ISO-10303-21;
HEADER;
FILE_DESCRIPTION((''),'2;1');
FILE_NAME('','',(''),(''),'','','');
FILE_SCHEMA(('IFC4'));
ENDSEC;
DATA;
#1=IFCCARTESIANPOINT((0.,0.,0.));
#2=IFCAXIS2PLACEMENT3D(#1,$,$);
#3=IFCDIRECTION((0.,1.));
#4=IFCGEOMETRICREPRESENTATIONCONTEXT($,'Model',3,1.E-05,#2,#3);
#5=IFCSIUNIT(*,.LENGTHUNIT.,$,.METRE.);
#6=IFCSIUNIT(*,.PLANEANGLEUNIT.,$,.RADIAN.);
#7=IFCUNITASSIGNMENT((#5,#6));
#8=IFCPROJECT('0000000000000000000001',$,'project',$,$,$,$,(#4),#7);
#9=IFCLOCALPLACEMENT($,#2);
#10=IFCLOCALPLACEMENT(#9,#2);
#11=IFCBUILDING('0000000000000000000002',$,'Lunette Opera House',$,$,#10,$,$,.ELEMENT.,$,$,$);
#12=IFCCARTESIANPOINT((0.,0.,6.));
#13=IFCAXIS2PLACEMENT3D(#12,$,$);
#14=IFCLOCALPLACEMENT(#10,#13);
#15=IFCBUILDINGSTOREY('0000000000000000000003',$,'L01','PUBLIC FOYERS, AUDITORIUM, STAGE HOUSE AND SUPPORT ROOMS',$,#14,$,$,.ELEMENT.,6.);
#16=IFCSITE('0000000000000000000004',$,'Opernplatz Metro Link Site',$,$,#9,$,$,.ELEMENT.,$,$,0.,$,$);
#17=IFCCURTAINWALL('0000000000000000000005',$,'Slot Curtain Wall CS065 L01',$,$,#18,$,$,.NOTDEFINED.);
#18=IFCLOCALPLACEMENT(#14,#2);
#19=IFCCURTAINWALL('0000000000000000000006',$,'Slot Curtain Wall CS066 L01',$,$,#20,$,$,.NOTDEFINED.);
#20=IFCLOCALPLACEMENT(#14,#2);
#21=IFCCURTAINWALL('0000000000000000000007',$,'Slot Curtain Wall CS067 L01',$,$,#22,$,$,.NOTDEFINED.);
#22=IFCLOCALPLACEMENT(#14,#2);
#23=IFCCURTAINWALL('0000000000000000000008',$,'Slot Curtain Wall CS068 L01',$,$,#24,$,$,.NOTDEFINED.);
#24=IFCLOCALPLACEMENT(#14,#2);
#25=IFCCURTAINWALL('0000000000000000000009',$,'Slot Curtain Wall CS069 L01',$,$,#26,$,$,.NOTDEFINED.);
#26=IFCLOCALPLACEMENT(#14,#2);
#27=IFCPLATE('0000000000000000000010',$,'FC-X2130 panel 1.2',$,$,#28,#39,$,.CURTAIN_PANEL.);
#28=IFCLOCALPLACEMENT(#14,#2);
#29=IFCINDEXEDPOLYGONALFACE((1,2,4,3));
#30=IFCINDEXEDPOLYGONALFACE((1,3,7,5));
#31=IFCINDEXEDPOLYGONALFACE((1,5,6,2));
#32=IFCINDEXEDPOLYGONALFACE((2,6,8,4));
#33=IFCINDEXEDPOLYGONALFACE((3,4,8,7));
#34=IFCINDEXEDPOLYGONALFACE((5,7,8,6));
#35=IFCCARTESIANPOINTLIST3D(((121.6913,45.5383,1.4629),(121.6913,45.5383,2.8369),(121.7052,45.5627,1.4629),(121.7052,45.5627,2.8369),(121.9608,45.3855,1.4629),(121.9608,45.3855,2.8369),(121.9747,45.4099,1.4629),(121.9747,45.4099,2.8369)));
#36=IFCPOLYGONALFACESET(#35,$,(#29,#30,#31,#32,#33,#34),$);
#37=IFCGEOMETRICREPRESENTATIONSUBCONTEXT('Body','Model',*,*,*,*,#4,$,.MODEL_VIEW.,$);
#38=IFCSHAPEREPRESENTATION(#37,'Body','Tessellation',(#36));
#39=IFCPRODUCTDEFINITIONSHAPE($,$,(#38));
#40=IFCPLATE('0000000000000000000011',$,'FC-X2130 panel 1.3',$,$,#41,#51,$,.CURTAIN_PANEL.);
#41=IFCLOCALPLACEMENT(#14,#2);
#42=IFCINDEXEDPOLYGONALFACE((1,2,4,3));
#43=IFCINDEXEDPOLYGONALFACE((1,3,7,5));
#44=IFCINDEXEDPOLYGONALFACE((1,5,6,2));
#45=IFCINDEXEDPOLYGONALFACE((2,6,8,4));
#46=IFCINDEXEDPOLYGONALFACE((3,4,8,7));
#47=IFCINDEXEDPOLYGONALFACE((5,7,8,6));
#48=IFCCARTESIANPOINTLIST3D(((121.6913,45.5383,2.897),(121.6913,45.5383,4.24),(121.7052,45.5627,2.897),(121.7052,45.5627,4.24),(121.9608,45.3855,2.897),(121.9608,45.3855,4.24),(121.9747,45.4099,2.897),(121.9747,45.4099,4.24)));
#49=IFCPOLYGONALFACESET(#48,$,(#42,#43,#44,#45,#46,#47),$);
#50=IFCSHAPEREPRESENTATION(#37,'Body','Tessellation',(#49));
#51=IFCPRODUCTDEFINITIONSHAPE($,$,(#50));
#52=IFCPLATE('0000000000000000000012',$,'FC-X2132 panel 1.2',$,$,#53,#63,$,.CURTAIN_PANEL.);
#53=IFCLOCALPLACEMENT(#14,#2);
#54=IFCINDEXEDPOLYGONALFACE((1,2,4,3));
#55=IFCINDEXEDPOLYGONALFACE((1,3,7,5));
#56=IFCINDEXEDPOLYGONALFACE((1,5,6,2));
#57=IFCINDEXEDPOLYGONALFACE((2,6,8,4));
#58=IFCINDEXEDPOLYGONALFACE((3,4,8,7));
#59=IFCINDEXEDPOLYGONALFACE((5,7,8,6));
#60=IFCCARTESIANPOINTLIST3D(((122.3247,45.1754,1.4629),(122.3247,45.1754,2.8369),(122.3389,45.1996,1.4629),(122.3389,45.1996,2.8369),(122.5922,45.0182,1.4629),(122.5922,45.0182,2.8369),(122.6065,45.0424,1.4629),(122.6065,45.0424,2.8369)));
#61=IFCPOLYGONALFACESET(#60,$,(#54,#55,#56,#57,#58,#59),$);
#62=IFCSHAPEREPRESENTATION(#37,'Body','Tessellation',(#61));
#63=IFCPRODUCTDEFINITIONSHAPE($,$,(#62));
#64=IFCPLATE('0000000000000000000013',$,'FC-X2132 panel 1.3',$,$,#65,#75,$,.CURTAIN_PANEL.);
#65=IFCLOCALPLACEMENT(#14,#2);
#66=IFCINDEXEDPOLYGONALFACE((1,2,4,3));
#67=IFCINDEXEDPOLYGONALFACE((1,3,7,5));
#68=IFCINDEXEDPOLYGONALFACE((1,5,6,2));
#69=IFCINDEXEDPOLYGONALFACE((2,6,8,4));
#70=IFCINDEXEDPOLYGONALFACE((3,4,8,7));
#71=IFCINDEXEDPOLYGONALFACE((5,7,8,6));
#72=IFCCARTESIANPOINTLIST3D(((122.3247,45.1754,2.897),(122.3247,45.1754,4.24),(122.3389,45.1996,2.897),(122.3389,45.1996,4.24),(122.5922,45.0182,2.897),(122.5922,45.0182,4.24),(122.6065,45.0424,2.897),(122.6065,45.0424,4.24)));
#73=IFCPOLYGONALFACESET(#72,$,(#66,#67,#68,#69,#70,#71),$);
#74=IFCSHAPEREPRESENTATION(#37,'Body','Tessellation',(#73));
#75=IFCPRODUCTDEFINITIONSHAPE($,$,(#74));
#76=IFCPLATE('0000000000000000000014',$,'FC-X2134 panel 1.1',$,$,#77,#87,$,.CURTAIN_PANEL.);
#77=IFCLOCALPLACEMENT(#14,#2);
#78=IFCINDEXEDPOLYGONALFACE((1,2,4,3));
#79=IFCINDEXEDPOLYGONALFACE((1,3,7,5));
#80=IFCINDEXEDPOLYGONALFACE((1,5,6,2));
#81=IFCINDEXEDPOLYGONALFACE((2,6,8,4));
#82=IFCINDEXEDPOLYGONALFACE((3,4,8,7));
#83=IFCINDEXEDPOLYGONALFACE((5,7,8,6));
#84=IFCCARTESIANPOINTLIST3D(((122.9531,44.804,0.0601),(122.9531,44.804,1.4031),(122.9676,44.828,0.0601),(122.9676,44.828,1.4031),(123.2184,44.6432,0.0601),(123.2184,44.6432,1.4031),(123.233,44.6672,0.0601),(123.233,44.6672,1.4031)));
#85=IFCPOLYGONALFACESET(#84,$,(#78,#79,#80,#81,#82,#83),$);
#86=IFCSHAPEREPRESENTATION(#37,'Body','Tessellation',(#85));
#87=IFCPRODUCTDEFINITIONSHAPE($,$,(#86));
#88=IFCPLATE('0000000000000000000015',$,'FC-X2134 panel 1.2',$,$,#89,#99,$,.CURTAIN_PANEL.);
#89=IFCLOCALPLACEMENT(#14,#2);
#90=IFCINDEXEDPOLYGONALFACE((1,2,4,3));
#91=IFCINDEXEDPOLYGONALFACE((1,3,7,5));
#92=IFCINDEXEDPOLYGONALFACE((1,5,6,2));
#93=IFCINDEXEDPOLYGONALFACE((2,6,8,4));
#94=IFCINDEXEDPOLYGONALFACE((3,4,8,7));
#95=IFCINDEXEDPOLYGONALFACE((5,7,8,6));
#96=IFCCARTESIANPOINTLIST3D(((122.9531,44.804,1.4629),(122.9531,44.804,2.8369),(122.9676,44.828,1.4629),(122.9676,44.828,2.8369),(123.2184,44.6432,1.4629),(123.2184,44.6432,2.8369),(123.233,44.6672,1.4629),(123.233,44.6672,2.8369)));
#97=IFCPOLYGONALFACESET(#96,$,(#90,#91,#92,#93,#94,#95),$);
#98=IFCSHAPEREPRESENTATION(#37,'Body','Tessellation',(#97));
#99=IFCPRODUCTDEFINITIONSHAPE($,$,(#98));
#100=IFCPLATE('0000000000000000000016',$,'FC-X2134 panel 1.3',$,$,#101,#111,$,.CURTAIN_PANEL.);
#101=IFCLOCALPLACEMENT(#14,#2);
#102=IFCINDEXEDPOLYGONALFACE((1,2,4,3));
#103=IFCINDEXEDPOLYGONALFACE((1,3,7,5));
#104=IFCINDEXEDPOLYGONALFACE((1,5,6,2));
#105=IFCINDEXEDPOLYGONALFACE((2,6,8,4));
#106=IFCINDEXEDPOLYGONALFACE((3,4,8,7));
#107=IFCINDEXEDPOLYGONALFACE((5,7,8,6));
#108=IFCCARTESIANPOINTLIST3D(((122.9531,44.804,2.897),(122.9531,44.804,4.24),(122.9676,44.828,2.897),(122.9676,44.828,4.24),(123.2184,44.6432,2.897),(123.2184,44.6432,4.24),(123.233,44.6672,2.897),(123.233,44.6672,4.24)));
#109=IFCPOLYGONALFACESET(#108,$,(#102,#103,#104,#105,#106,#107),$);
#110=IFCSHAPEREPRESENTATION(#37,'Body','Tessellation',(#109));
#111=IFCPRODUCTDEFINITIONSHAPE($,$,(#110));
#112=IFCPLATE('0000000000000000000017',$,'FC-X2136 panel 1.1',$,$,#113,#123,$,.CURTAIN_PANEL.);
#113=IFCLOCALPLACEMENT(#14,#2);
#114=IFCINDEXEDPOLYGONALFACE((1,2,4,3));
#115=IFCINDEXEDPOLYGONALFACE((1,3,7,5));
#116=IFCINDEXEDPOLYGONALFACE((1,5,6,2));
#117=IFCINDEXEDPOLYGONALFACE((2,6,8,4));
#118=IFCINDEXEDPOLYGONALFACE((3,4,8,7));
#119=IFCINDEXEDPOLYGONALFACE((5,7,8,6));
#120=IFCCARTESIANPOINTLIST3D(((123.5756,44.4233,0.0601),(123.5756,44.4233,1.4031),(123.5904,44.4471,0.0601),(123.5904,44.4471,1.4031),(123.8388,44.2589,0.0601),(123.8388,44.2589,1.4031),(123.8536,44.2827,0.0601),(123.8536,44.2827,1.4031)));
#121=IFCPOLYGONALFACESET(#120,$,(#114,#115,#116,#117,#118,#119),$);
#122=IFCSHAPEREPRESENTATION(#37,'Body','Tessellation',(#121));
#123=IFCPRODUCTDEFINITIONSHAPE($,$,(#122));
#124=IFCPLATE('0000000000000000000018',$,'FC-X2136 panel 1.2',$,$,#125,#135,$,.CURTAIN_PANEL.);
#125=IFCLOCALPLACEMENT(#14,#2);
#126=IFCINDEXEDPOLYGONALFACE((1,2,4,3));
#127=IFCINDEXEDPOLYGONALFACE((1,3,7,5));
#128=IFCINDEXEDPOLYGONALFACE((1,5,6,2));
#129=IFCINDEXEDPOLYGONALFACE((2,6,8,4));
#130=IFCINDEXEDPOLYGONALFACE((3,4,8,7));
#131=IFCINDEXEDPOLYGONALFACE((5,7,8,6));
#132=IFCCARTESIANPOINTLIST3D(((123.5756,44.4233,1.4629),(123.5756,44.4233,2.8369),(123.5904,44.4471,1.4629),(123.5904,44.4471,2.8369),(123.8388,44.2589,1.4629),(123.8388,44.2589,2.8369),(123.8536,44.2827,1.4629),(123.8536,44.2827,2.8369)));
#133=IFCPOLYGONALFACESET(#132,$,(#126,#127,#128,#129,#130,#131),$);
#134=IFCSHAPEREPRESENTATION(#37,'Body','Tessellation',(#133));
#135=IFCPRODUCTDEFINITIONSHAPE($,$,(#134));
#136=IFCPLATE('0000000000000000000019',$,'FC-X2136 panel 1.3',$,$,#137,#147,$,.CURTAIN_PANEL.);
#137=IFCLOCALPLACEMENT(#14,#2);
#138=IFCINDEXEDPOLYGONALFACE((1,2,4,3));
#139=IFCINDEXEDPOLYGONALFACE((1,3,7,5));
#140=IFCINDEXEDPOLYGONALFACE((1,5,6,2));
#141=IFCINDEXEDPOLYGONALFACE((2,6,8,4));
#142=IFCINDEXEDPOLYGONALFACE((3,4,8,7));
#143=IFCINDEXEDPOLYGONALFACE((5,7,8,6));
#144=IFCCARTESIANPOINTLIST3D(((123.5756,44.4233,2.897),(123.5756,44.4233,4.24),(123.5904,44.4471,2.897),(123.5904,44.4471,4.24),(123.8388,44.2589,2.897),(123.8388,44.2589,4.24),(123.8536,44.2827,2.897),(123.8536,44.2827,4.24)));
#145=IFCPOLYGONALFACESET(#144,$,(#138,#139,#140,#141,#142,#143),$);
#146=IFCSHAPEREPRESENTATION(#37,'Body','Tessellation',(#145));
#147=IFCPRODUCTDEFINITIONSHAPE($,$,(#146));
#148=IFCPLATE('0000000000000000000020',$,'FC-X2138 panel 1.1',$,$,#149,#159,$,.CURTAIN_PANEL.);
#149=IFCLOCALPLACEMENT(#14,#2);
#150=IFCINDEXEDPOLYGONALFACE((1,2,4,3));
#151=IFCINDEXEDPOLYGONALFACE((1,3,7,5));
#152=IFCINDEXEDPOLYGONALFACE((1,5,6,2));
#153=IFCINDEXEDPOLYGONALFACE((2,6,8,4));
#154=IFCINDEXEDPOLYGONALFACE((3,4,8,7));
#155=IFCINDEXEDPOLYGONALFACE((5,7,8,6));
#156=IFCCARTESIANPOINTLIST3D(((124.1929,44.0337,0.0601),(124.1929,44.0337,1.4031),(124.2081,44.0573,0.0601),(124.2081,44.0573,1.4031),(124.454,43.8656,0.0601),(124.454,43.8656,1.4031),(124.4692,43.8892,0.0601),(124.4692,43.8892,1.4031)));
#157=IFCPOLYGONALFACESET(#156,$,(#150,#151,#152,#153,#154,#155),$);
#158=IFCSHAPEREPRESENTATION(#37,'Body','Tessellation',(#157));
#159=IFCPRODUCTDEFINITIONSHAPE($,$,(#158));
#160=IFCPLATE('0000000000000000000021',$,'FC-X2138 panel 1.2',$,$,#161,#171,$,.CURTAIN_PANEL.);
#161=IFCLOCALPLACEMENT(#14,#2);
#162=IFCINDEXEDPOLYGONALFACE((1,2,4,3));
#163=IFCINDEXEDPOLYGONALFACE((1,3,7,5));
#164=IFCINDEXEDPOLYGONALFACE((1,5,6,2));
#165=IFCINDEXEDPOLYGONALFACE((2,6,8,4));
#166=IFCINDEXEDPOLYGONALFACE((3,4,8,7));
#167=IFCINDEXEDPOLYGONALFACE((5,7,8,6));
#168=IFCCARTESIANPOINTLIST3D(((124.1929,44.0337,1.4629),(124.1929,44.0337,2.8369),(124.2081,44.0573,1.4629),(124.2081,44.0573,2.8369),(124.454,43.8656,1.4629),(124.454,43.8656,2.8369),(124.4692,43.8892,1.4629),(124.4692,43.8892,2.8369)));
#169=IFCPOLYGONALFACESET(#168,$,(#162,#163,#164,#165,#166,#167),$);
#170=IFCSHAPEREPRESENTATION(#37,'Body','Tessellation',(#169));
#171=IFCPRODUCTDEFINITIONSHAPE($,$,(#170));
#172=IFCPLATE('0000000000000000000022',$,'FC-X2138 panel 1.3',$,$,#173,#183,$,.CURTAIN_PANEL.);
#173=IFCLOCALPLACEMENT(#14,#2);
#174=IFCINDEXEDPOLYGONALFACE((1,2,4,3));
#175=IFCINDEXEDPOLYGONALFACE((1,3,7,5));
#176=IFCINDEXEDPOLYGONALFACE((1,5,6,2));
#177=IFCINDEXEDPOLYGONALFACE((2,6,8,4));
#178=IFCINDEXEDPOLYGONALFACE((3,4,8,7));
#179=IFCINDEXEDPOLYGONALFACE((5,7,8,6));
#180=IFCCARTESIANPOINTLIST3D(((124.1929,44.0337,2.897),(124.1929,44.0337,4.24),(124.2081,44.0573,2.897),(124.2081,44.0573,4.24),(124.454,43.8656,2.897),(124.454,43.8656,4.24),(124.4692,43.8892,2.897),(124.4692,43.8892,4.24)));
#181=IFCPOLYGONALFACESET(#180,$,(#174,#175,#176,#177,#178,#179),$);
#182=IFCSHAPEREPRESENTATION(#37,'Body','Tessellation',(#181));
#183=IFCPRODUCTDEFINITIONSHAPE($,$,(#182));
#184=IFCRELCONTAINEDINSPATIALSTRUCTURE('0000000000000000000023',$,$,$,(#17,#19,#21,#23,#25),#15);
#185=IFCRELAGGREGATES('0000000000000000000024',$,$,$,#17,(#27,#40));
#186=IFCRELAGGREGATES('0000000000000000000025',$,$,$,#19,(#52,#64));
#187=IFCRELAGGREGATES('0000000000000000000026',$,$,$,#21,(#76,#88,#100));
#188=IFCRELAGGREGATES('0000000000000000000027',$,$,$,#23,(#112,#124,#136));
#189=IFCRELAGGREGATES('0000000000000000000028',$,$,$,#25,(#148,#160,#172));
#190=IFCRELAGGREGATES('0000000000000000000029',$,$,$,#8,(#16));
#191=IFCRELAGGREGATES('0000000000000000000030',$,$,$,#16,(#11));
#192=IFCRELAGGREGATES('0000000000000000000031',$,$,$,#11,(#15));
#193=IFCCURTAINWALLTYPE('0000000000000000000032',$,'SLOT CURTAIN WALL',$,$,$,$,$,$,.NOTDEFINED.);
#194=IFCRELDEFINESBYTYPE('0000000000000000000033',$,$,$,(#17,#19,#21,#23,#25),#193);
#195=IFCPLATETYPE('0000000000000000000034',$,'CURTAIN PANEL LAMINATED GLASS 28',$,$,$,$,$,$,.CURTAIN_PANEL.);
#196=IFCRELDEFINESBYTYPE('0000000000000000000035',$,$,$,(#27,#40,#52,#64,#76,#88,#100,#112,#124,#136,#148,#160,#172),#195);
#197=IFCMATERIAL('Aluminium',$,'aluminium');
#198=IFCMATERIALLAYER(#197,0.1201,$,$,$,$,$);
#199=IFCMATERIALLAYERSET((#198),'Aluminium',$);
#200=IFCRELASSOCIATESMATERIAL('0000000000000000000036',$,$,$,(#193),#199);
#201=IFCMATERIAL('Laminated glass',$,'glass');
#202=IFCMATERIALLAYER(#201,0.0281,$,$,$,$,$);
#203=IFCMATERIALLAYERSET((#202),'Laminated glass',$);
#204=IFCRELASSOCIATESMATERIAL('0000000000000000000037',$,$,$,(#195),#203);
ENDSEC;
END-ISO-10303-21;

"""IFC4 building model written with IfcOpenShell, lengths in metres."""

from ifc_helpers import new_model, si_unit, direction, frame, origin, origin_2d, place, context, subcontext, project, spatial, rectangle, extrude, material, layer, layer_set, type_object, element, aggregate, save


model = new_model("IFC4")

# Units and contexts
model_context = context("Model", 3, precision=1e-05, world=origin(), true_north=direction((0.0, 1.0)))
body_context = subcontext(model_context, "Body", "Model", "MODEL_VIEW")
ifc_project = project(units=[si_unit("LENGTHUNIT", "METRE"), si_unit("PLANEANGLEUNIT", "RADIAN")], contexts=[model_context])

# Site, building, storey
site_placement = place(None, origin())
site = spatial("IfcSite", under=ifc_project, at=site_placement, Name="Opernplatz Metro Link Site", CompositionType="ELEMENT", RefElevation=0.0)
building_placement = place(site_placement, origin())
building = spatial("IfcBuilding", under=site, at=building_placement, Name="Lunette Opera House", CompositionType="ELEMENT")
storey_placement = place(building_placement, frame((0.0, 0.0, 6.0)))
storey = spatial("IfcBuildingStorey", under=building, at=storey_placement, Name="L01", Description="PUBLIC FOYERS, AUDITORIUM, STAGE HOUSE AND SUPPORT ROOMS", CompositionType="ELEMENT", Elevation=6.0)

# Curtain walls
ifc_material_1 = material(Name="Aluminium", Category="aluminium")
ifc_layer_1 = layer(ifc_material_1, 0.1201)
ifc_layer_set_1 = layer_set([ifc_layer_1], Name="Aluminium")
curtain_wall_type = type_object("IfcCurtainWallType", Name="SLOT CURTAIN WALL", PredefinedType="NOTDEFINED", material=ifc_layer_set_1)
curtain_wall_1_placement = place(storey_placement, origin())
curtain_wall_1 = element("IfcCurtainWall", 1, at=curtain_wall_1_placement, inside=storey, type_object=curtain_wall_type, Name="Slot Curtain Wall CS065 L01", PredefinedType="NOTDEFINED")
curtain_wall_2_placement = place(storey_placement, origin())
curtain_wall_2 = element("IfcCurtainWall", 2, at=curtain_wall_2_placement, inside=storey, type_object=curtain_wall_type, Name="Slot Curtain Wall CS066 L01", PredefinedType="NOTDEFINED")
curtain_wall_3_placement = place(storey_placement, origin())
curtain_wall_3 = element("IfcCurtainWall", 3, at=curtain_wall_3_placement, inside=storey, type_object=curtain_wall_type, Name="Slot Curtain Wall CS067 L01", PredefinedType="NOTDEFINED")
curtain_wall_4_placement = place(storey_placement, origin())
curtain_wall_4 = element("IfcCurtainWall", 4, at=curtain_wall_4_placement, inside=storey, type_object=curtain_wall_type, Name="Slot Curtain Wall CS068 L01", PredefinedType="NOTDEFINED")
curtain_wall_5_placement = place(storey_placement, origin())
curtain_wall_5 = element("IfcCurtainWall", 5, at=curtain_wall_5_placement, inside=storey, type_object=curtain_wall_type, Name="Slot Curtain Wall CS069 L01", PredefinedType="NOTDEFINED")

# Plates
ifc_material_2 = material(Name="Laminated glass", Category="glass")
ifc_layer_2 = layer(ifc_material_2, 0.0281)
ifc_layer_set_2 = layer_set([ifc_layer_2], Name="Laminated glass")
plate_type = type_object("IfcPlateType", Name="CURTAIN PANEL LAMINATED GLASS 28", PredefinedType="CURTAIN_PANEL", material=ifc_layer_set_2)
plate_1_placement = place(storey_placement, frame((121.833, 45.4741, 1.4629), z_axis=(0.0, 0.0, 1.0), x_axis=(0.869956, -0.49313, 0.0)))
plate_1 = element("IfcPlate", 6, at=plate_1_placement, type_object=plate_type, Name="FC-X2130 panel 1.2", PredefinedType="CURTAIN_PANEL", context=body_context, shape_type="SweptSolid", body=[
    extrude(rectangle(XDim=0.3098, YDim=0.0281, at=origin_2d()), origin(), (0.0, 0.0, 1.0), 1.374),
])
plate_2_placement = place(storey_placement, frame((121.833, 45.4741, 2.897), z_axis=(0.0, 0.0, 1.0), x_axis=(0.869956, -0.49313, 0.0)))
plate_2 = element("IfcPlate", 7, at=plate_2_placement, type_object=plate_type, Name="FC-X2130 panel 1.3", PredefinedType="CURTAIN_PANEL", context=body_context, shape_type="SweptSolid", body=[
    extrude(rectangle(XDim=0.3098, YDim=0.0281, at=origin_2d()), origin(), (0.0, 0.0, 1.0), 1.343),
])
aggregate(curtain_wall_1, [plate_1, plate_2])
plate_3_placement = place(storey_placement, frame((122.4656, 45.1089, 1.4629), z_axis=(0.0, 0.0, 1.0), x_axis=(0.862173, -0.506614, 0.0)))
plate_3 = element("IfcPlate", 8, at=plate_3_placement, type_object=plate_type, Name="FC-X2132 panel 1.2", PredefinedType="CURTAIN_PANEL", context=body_context, shape_type="SweptSolid", body=[
    extrude(rectangle(XDim=0.3103, YDim=0.0281, at=origin_2d()), origin(), (0.0, 0.0, 1.0), 1.374),
])
plate_4_placement = place(storey_placement, frame((122.4656, 45.1089, 2.897), z_axis=(0.0, 0.0, 1.0), x_axis=(0.862173, -0.506614, 0.0)))
plate_4 = element("IfcPlate", 9, at=plate_4_placement, type_object=plate_type, Name="FC-X2132 panel 1.3", PredefinedType="CURTAIN_PANEL", context=body_context, shape_type="SweptSolid", body=[
    extrude(rectangle(XDim=0.3103, YDim=0.0281, at=origin_2d()), origin(), (0.0, 0.0, 1.0), 1.343),
])
aggregate(curtain_wall_2, [plate_3, plate_4])
plate_5_placement = place(storey_placement, frame((123.093, 44.7356, 0.0601), z_axis=(0.0, 0.0, 1.0), x_axis=(0.855229, -0.51825, 0.0)))
plate_5 = element("IfcPlate", 10, at=plate_5_placement, type_object=plate_type, Name="FC-X2134 panel 1.1", PredefinedType="CURTAIN_PANEL", context=body_context, shape_type="SweptSolid", body=[
    extrude(rectangle(XDim=0.3103, YDim=0.0281, at=origin_2d()), origin(), (0.0, 0.0, 1.0), 1.343),
])
plate_6_placement = place(storey_placement, frame((123.093, 44.7356, 1.4629), z_axis=(0.0, 0.0, 1.0), x_axis=(0.855229, -0.51825, 0.0)))
plate_6 = element("IfcPlate", 11, at=plate_6_placement, type_object=plate_type, Name="FC-X2134 panel 1.2", PredefinedType="CURTAIN_PANEL", context=body_context, shape_type="SweptSolid", body=[
    extrude(rectangle(XDim=0.3103, YDim=0.0281, at=origin_2d()), origin(), (0.0, 0.0, 1.0), 1.374),
])
plate_7_placement = place(storey_placement, frame((123.093, 44.7356, 2.897), z_axis=(0.0, 0.0, 1.0), x_axis=(0.855229, -0.51825, 0.0)))
plate_7 = element("IfcPlate", 12, at=plate_7_placement, type_object=plate_type, Name="FC-X2134 panel 1.3", PredefinedType="CURTAIN_PANEL", context=body_context, shape_type="SweptSolid", body=[
    extrude(rectangle(XDim=0.3103, YDim=0.0281, at=origin_2d()), origin(), (0.0, 0.0, 1.0), 1.343),
])
aggregate(curtain_wall_3, [plate_5, plate_6, plate_7])
plate_8_placement = place(storey_placement, frame((123.7146, 44.353, 0.0601), z_axis=(0.0, 0.0, 1.0), x_axis=(0.848129, -0.52979, 0.0)))
plate_8 = element("IfcPlate", 13, at=plate_8_placement, type_object=plate_type, Name="FC-X2136 panel 1.1", PredefinedType="CURTAIN_PANEL", context=body_context, shape_type="SweptSolid", body=[
    extrude(rectangle(XDim=0.3103, YDim=0.0281, at=origin_2d()), origin(), (0.0, 0.0, 1.0), 1.343),
])
plate_9_placement = place(storey_placement, frame((123.7146, 44.353, 1.4629), z_axis=(0.0, 0.0, 1.0), x_axis=(0.848129, -0.52979, 0.0)))
plate_9 = element("IfcPlate", 14, at=plate_9_placement, type_object=plate_type, Name="FC-X2136 panel 1.2", PredefinedType="CURTAIN_PANEL", context=body_context, shape_type="SweptSolid", body=[
    extrude(rectangle(XDim=0.3103, YDim=0.0281, at=origin_2d()), origin(), (0.0, 0.0, 1.0), 1.374),
])
plate_10_placement = place(storey_placement, frame((123.7146, 44.353, 2.897), z_axis=(0.0, 0.0, 1.0), x_axis=(0.848129, -0.52979, 0.0)))
plate_10 = element("IfcPlate", 15, at=plate_10_placement, type_object=plate_type, Name="FC-X2136 panel 1.3", PredefinedType="CURTAIN_PANEL", context=body_context, shape_type="SweptSolid", body=[
    extrude(rectangle(XDim=0.3103, YDim=0.0281, at=origin_2d()), origin(), (0.0, 0.0, 1.0), 1.343),
])
aggregate(curtain_wall_4, [plate_8, plate_9, plate_10])
plate_11_placement = place(storey_placement, frame((124.3311, 43.9614, 0.0601), z_axis=(0.0, 0.0, 1.0), x_axis=(0.840876, -0.541227, 0.0)))
plate_11 = element("IfcPlate", 16, at=plate_11_placement, type_object=plate_type, Name="FC-X2138 panel 1.1", PredefinedType="CURTAIN_PANEL", context=body_context, shape_type="SweptSolid", body=[
    extrude(rectangle(XDim=0.3105, YDim=0.0281, at=origin_2d()), origin(), (0.0, 0.0, 1.0), 1.343),
])
plate_12_placement = place(storey_placement, frame((124.3311, 43.9614, 1.4629), z_axis=(0.0, 0.0, 1.0), x_axis=(0.840876, -0.541227, 0.0)))
plate_12 = element("IfcPlate", 17, at=plate_12_placement, type_object=plate_type, Name="FC-X2138 panel 1.2", PredefinedType="CURTAIN_PANEL", context=body_context, shape_type="SweptSolid", body=[
    extrude(rectangle(XDim=0.3105, YDim=0.0281, at=origin_2d()), origin(), (0.0, 0.0, 1.0), 1.374),
])
plate_13_placement = place(storey_placement, frame((124.3311, 43.9614, 2.897), z_axis=(0.0, 0.0, 1.0), x_axis=(0.840876, -0.541227, 0.0)))
plate_13 = element("IfcPlate", 18, at=plate_13_placement, type_object=plate_type, Name="FC-X2138 panel 1.3", PredefinedType="CURTAIN_PANEL", context=body_context, shape_type="SweptSolid", body=[
    extrude(rectangle(XDim=0.3105, YDim=0.0281, at=origin_2d()), origin(), (0.0, 0.0, 1.0), 1.343),
])
aggregate(curtain_wall_5, [plate_11, plate_12, plate_13])

save(model, "model.ifc")
